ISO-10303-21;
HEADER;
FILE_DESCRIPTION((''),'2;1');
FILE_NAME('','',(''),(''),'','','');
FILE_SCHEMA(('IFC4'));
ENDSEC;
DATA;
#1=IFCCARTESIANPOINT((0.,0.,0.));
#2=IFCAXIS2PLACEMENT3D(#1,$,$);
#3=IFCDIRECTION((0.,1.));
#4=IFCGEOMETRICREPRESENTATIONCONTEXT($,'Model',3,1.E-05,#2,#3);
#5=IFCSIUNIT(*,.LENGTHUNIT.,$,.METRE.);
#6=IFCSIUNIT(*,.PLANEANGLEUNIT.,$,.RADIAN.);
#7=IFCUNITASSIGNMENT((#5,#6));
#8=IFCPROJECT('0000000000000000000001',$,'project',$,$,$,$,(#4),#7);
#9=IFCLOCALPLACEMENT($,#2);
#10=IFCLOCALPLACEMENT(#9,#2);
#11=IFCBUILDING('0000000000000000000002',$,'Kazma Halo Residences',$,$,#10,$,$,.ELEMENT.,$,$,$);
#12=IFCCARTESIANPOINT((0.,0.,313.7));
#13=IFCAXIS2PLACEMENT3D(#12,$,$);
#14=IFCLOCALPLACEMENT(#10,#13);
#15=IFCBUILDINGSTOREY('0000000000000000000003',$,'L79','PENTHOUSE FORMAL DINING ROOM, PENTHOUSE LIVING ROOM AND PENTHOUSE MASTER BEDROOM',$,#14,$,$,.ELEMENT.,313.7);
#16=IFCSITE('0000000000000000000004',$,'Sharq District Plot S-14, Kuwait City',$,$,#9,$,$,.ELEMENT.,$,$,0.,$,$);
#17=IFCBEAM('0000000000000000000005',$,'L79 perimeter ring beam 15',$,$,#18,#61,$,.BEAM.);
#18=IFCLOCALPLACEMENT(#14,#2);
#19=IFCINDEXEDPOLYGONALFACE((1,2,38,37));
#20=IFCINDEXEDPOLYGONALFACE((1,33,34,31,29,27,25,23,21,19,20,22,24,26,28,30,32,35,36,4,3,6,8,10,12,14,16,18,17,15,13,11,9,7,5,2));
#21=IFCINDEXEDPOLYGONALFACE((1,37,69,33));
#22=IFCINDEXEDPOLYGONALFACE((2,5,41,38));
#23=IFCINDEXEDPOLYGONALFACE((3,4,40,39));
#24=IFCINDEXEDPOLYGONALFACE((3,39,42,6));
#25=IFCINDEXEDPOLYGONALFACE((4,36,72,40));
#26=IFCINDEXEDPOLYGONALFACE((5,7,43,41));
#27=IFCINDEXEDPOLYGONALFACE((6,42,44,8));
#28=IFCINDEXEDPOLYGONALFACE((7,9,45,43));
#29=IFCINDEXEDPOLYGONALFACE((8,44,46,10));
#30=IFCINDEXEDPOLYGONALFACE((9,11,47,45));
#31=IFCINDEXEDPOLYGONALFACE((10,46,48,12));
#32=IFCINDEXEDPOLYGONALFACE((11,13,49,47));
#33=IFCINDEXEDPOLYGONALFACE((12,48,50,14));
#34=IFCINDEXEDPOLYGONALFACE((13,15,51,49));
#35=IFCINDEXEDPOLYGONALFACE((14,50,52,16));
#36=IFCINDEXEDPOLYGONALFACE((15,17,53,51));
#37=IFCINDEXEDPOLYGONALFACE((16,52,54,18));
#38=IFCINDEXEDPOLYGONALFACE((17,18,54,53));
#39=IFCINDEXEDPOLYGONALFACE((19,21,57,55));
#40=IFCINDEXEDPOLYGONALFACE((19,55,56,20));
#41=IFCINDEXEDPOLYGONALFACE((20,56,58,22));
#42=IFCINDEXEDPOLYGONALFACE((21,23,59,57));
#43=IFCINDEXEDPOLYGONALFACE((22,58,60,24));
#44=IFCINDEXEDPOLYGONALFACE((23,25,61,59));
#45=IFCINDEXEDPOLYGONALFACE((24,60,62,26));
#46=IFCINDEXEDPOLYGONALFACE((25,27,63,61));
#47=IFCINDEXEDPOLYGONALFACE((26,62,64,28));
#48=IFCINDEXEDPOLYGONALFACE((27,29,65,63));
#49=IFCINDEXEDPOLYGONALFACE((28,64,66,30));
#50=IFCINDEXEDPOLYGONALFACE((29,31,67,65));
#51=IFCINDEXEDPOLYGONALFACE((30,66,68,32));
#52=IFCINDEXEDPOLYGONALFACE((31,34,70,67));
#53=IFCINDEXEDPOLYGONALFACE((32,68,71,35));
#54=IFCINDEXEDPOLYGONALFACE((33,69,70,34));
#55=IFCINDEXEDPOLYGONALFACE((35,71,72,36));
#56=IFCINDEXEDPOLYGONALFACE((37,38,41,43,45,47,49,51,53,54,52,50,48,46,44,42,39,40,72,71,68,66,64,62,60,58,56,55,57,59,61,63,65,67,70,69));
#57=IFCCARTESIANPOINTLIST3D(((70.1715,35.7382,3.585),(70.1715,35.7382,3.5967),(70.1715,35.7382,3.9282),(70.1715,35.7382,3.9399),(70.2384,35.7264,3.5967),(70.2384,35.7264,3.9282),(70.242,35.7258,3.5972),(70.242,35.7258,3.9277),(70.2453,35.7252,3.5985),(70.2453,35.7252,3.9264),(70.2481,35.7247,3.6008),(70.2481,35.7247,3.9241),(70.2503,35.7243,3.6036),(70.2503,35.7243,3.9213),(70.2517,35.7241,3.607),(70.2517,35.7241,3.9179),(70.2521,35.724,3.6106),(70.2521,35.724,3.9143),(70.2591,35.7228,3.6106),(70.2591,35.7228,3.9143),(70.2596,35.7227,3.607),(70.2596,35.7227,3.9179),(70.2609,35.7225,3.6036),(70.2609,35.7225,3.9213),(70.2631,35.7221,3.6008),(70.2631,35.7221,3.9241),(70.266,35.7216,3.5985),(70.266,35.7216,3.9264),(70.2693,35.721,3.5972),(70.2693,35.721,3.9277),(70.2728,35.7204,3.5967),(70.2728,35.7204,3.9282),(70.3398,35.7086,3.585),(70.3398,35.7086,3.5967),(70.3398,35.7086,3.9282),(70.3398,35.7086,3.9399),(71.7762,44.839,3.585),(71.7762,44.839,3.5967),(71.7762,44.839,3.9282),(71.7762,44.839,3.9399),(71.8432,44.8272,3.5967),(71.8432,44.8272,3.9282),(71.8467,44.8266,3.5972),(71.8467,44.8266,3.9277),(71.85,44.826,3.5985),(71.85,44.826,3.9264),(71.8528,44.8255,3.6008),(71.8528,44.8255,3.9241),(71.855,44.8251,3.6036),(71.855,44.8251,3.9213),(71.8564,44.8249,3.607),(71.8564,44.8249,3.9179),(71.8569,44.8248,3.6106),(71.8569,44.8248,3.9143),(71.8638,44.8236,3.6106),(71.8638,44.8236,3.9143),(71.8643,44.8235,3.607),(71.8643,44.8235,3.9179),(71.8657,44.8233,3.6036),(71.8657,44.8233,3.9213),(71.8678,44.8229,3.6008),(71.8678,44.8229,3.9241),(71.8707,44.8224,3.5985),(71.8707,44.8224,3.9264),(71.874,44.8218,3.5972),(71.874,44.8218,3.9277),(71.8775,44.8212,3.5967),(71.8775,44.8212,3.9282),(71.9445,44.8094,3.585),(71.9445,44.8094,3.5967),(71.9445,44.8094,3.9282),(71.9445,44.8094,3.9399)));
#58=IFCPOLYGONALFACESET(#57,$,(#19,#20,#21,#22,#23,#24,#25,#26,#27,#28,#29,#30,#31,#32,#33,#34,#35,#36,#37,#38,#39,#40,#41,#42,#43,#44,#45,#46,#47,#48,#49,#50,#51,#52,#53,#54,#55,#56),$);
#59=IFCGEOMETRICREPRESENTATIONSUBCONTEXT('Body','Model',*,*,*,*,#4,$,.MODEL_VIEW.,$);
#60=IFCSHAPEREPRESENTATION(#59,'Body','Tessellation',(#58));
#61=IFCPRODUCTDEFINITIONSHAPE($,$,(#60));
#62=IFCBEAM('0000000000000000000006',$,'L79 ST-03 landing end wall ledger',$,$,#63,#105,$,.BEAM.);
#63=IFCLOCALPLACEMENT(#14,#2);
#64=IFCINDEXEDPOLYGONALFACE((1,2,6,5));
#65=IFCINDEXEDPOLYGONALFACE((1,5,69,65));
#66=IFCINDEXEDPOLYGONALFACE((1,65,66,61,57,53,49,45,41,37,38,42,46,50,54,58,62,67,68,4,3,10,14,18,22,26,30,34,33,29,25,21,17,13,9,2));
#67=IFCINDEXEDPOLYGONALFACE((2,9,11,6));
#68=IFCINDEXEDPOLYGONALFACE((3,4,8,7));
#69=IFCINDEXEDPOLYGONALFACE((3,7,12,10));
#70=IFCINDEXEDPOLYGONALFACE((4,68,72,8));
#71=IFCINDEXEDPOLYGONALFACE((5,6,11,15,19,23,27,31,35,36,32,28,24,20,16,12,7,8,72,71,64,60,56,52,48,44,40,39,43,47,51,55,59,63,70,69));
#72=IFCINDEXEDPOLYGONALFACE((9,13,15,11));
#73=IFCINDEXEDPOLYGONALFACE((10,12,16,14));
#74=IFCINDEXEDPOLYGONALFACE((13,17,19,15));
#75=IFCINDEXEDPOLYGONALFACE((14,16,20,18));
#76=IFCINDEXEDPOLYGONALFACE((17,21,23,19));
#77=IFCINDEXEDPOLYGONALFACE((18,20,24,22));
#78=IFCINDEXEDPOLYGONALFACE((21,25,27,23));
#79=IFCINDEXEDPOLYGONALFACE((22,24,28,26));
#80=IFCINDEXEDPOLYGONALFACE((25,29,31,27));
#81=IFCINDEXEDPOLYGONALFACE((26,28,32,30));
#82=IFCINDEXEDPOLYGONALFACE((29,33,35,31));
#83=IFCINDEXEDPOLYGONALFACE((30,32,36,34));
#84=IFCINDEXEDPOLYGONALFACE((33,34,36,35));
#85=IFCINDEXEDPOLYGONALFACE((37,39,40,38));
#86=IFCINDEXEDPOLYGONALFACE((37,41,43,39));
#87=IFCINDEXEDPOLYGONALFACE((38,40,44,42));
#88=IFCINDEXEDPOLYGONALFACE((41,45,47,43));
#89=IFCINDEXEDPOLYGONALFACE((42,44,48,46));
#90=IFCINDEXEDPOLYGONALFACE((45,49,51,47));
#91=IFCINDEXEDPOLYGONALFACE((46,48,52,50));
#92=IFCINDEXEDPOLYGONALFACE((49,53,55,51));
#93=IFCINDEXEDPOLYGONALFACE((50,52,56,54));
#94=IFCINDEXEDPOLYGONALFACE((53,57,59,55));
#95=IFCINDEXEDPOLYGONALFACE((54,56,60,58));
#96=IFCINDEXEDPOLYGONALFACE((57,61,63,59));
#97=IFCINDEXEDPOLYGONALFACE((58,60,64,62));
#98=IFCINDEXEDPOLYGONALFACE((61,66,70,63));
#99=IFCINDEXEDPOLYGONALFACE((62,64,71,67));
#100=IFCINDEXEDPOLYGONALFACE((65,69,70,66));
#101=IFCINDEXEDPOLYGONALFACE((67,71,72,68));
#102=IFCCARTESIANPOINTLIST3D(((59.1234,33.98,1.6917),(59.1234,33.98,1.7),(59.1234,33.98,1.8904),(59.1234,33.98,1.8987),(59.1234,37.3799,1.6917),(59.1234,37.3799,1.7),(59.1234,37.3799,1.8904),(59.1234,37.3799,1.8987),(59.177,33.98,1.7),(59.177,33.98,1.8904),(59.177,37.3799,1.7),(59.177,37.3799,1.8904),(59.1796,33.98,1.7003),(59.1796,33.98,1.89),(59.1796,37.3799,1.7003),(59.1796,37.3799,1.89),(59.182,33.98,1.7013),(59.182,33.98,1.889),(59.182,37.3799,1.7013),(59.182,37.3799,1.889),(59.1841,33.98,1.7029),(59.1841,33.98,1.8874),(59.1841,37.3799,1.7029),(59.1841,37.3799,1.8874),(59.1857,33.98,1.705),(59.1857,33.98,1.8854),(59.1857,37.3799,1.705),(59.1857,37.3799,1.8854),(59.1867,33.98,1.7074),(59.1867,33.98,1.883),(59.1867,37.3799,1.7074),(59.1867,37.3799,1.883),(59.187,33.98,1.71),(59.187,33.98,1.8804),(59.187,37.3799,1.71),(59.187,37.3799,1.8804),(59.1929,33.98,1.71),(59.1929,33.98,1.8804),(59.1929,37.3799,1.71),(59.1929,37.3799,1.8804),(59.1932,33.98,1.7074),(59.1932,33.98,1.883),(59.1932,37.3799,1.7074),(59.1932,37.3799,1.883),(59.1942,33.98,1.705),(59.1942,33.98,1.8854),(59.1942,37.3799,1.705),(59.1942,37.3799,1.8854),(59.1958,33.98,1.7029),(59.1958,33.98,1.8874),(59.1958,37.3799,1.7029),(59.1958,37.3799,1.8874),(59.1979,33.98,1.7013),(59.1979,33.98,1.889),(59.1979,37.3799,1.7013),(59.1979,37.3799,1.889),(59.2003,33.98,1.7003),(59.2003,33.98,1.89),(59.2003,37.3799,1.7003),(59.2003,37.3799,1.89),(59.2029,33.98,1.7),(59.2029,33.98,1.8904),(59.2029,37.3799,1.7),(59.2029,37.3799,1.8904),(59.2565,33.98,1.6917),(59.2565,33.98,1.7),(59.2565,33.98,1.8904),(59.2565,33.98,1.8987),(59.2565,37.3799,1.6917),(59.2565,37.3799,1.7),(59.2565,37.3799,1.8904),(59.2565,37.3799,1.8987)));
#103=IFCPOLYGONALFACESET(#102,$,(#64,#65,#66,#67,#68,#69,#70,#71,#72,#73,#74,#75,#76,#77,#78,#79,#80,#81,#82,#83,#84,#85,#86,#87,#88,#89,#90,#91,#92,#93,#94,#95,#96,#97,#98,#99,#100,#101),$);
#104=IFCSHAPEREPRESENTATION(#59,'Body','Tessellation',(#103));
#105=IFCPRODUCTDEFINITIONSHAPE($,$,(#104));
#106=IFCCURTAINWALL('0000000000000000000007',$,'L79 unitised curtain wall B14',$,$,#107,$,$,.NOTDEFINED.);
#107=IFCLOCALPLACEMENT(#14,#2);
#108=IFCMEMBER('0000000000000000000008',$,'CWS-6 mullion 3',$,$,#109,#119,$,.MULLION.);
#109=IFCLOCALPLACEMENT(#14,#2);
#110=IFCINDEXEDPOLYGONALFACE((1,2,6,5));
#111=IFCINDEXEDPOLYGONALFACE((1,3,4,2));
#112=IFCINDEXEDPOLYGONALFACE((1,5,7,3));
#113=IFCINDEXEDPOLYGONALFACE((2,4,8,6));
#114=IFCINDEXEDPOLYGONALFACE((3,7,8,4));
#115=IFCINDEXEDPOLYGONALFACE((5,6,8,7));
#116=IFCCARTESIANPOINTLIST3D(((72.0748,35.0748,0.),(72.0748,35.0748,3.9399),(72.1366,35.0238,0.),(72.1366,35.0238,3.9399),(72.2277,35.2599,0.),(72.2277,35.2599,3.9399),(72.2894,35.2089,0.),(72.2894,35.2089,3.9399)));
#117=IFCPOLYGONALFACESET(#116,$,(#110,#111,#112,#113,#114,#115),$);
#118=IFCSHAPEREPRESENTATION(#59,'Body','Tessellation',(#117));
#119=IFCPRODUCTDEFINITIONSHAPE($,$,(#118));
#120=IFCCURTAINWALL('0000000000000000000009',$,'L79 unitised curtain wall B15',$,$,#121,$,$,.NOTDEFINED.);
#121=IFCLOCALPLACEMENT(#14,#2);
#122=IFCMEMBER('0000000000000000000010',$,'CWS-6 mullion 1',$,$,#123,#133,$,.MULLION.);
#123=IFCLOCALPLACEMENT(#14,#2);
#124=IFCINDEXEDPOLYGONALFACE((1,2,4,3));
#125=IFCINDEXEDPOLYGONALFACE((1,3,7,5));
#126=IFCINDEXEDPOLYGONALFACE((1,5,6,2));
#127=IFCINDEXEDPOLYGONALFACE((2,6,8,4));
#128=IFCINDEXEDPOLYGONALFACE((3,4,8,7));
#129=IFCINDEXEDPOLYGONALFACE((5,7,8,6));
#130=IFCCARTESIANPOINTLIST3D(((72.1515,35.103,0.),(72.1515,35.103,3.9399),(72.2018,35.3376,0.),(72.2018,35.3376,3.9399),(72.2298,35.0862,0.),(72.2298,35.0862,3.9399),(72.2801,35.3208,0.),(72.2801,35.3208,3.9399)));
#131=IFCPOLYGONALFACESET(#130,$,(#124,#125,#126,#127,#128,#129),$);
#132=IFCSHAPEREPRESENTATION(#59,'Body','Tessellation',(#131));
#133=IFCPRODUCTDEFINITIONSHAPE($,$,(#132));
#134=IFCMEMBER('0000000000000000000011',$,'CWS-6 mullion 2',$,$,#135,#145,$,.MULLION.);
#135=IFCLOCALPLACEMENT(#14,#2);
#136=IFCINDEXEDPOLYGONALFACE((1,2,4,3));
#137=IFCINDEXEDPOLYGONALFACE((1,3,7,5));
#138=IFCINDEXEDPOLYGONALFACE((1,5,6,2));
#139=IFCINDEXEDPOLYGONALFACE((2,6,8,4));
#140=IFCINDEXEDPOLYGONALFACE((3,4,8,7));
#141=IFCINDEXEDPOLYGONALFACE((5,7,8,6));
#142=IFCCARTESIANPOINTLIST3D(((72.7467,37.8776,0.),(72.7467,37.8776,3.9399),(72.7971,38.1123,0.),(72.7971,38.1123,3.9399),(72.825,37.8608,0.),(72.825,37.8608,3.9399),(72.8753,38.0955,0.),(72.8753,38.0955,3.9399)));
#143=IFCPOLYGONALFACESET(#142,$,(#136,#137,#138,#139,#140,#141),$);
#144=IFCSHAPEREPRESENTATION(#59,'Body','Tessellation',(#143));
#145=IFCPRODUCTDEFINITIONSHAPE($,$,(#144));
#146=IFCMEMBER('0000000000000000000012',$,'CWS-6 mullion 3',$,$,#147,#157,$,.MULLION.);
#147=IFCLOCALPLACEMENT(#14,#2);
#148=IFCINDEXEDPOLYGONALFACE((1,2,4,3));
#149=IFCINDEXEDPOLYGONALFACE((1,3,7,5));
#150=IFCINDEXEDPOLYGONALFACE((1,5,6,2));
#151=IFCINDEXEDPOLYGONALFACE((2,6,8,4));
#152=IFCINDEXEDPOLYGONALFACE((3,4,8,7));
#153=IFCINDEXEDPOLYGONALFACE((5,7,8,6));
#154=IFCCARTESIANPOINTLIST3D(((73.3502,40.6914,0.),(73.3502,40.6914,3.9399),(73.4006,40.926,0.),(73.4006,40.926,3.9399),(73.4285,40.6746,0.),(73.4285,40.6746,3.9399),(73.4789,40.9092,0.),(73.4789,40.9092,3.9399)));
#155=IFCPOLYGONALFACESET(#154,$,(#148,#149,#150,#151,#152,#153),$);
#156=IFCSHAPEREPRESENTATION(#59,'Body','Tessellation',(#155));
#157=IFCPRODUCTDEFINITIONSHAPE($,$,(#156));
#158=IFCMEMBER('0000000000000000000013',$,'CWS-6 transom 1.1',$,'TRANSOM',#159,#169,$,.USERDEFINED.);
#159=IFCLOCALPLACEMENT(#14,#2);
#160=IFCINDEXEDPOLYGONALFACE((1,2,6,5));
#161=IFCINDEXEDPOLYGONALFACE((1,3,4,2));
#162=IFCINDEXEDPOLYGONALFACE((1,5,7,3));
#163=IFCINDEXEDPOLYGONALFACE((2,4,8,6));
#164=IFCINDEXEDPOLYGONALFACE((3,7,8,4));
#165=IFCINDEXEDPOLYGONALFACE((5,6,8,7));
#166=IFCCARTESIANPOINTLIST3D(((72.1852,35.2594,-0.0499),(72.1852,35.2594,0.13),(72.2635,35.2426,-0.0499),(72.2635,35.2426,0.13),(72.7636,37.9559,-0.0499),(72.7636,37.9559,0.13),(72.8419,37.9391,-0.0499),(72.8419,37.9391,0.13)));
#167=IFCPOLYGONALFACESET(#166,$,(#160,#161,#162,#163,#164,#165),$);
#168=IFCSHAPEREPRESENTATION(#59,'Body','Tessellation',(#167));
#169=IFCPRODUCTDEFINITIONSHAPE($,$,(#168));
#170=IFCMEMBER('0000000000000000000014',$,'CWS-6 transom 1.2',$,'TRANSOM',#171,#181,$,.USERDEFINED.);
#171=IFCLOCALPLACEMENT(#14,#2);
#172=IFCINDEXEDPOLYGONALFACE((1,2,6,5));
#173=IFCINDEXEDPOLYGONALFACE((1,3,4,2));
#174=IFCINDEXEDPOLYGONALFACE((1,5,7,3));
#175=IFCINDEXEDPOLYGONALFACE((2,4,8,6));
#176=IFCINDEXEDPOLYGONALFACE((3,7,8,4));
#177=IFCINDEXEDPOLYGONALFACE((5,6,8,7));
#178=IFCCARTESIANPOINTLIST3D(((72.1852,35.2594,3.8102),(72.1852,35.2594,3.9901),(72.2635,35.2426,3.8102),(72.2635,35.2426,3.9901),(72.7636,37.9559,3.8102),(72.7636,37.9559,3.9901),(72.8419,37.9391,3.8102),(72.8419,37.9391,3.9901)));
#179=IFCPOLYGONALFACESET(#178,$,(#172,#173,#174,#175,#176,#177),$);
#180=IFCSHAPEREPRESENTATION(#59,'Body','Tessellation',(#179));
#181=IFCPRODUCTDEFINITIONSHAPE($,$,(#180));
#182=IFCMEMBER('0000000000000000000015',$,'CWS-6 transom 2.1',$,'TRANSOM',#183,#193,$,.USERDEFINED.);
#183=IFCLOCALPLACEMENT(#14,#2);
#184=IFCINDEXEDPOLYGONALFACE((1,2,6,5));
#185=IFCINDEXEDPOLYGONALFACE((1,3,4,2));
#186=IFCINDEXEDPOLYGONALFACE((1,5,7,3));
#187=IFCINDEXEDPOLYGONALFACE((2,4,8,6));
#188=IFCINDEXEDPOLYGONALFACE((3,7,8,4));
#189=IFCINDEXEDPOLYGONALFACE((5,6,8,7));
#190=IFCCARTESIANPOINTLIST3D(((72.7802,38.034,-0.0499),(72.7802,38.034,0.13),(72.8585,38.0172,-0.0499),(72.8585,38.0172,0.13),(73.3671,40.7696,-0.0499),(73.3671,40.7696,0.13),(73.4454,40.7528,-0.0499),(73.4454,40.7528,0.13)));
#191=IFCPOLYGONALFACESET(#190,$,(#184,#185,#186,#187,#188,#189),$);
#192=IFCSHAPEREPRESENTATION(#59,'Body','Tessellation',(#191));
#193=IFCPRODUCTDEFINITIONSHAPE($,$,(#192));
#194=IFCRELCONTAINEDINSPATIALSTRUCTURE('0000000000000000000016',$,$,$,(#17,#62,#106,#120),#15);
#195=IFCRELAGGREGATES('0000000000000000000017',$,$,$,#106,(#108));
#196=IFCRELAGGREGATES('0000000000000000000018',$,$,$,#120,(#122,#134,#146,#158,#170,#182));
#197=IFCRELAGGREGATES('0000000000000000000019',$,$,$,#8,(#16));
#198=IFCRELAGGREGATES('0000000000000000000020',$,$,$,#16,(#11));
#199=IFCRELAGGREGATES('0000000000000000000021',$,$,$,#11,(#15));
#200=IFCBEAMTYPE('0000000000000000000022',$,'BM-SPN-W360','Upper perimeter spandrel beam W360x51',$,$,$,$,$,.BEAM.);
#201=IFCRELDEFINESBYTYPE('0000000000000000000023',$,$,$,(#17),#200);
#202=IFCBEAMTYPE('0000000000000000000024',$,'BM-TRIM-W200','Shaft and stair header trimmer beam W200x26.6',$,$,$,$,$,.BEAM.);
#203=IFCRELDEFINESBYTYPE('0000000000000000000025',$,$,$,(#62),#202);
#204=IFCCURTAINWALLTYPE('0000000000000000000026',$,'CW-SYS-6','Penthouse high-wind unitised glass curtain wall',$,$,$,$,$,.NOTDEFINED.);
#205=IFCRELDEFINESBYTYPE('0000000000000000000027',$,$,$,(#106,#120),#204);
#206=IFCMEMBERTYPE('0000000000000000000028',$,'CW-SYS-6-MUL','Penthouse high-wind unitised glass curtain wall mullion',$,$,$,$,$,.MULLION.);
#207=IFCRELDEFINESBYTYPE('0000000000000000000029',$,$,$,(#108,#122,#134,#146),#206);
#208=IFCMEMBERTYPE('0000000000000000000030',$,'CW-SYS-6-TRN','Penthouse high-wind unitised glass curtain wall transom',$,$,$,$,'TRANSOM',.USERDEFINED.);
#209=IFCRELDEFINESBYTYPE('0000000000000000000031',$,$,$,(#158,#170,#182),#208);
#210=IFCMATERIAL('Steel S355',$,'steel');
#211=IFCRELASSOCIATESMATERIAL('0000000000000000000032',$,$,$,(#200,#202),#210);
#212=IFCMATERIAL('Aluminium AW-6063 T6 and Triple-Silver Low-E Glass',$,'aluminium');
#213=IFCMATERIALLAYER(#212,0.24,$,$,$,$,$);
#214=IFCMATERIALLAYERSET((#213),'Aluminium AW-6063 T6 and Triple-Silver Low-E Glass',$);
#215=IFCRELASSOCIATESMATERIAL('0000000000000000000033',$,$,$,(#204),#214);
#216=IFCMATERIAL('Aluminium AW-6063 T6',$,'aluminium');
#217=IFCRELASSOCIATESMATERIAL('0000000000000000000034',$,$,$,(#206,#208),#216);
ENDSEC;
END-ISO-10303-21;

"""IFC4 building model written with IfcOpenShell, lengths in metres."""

from ifc_helpers import new_model, si_unit, direction, frame, origin, origin_2d, place, context, subcontext, project, spatial, rectangle, i_section, extrude, material, layer, layer_set, material_profile, profile_set, type_object, element, aggregate, save


model = new_model("IFC4")

# Units and contexts
model_context = context("Model", 3, precision=1e-05, world=origin(), true_north=direction((0.0, 1.0)))
body_context = subcontext(model_context, "Body", "Model", "MODEL_VIEW")
ifc_project = project(units=[si_unit("LENGTHUNIT", "METRE"), si_unit("PLANEANGLEUNIT", "RADIAN")], contexts=[model_context])

# Site, building, storey
site_placement = place(None, origin())
site = spatial("IfcSite", under=ifc_project, at=site_placement, Name="Sharq District Plot S-14, Kuwait City", CompositionType="ELEMENT", RefElevation=0.0)
building_placement = place(site_placement, origin())
building = spatial("IfcBuilding", under=site, at=building_placement, Name="Kazma Halo Residences", CompositionType="ELEMENT")
storey_placement = place(building_placement, frame((0.0, 0.0, 313.7)))
storey = spatial("IfcBuildingStorey", under=building, at=storey_placement, Name="L79", Description="PENTHOUSE FORMAL DINING ROOM, PENTHOUSE LIVING ROOM AND PENTHOUSE MASTER BEDROOM", CompositionType="ELEMENT", Elevation=313.7)

# Beams
ifc_material_1 = material(Name="Steel S355", Category="steel")
ifc_material_profile_1 = material_profile(ifc_material_1, i_section(OverallWidth=0.1709, OverallDepth=0.355, WebThickness=0.0071, FlangeThickness=0.0117, FilletRadius=0.0139, at=origin_2d()), Name="W360x51")
ifc_profile_set_1 = profile_set([ifc_material_profile_1], Name="Steel S355")
beam_type_1 = type_object("IfcBeamType", Name="BM-SPN-W360", Description="Upper perimeter spandrel beam W360x51", PredefinedType="BEAM", material=ifc_profile_set_1)
beam_1_placement = place(storey_placement, frame((70.2556, 35.7234, 3.7625), z_axis=(0.17365, 0.984807, 0.0), x_axis=(-0.984807, 0.17365, 0.0)))
element("IfcBeam", 1, at=beam_1_placement, inside=storey, type_object=beam_type_1, Name="L79 perimeter ring beam 15", PredefinedType="BEAM", context=body_context, shape_type="SweptSolid", body=[
    extrude(i_section(OverallWidth=0.1709, OverallDepth=0.355, WebThickness=0.0071, FlangeThickness=0.0117, FilletRadius=0.0139, at=origin_2d()), origin(), (0.0, 0.0, 1.0), 9.2412),
])
ifc_material_profile_2 = material_profile(ifc_material_1, i_section(OverallWidth=0.1331, OverallDepth=0.207, WebThickness=0.0059, FlangeThickness=0.0083, FilletRadius=0.01, at=origin_2d()), Name="W200x26.6")
ifc_profile_set_2 = profile_set([ifc_material_profile_2], Name="Steel S355")
beam_type_2 = type_object("IfcBeamType", Name="BM-TRIM-W200", Description="Shaft and stair header trimmer beam W200x26.6", PredefinedType="BEAM", material=ifc_profile_set_2)
beam_2_placement = place(storey_placement, frame((59.1899, 33.98, 1.7952), z_axis=(0.0, 1.0, 0.0), x_axis=(-1.0, 0.0, 0.0)))
element("IfcBeam", 2, at=beam_2_placement, inside=storey, type_object=beam_type_2, Name="L79 ST-03 landing end wall ledger", PredefinedType="BEAM", context=body_context, shape_type="SweptSolid", body=[
    extrude(i_section(OverallWidth=0.1331, OverallDepth=0.207, WebThickness=0.0059, FlangeThickness=0.0083, FilletRadius=0.01, at=origin_2d()), origin(), (0.0, 0.0, 1.0), 3.3999),
])

# Curtain wall, member
ifc_material_2 = material(Name="Aluminium AW-6063 T6 and Triple-Silver Low-E Glass", Category="aluminium")
ifc_layer_1 = layer(ifc_material_2, 0.24)
ifc_layer_set_1 = layer_set([ifc_layer_1], Name="Aluminium AW-6063 T6 and Triple-Silver Low-E Glass")
curtain_wall_type = type_object("IfcCurtainWallType", Name="CW-SYS-6", Description="Penthouse high-wind unitised glass curtain wall", PredefinedType="NOTDEFINED", material=ifc_layer_set_1)
curtain_wall_1_placement = place(storey_placement, origin())
curtain_wall_1 = element("IfcCurtainWall", 3, at=curtain_wall_1_placement, inside=storey, type_object=curtain_wall_type, Name="L79 unitised curtain wall B14", PredefinedType="NOTDEFINED")
ifc_material_3 = material(Name="Aluminium AW-6063 T6", Category="aluminium")
ifc_material_profile_3 = material_profile(ifc_material_3, rectangle(XDim=0.0801, YDim=0.24, at=origin_2d()), Name="CWM-80x240")
ifc_profile_set_3 = profile_set([ifc_material_profile_3], Name="Aluminium AW-6063 T6")
member_type_1 = type_object("IfcMemberType", Name="CW-SYS-6-MUL", Description="Penthouse high-wind unitised glass curtain wall mullion", PredefinedType="MULLION", material=ifc_profile_set_3)
member_1_placement = place(storey_placement, frame((72.1821, 35.1418, 0.0), z_axis=(0.0, 0.0, 1.0), x_axis=(-0.771014, 0.636818, 0.0)))
member_1 = element("IfcMember", 4, at=member_1_placement, type_object=member_type_1, Name="CWS-6 mullion 3", PredefinedType="MULLION", context=body_context, shape_type="SweptSolid", body=[
    extrude(rectangle(XDim=0.0801, YDim=0.24, at=origin_2d()), origin(), (0.0, 0.0, 1.0), 3.9399),
])
aggregate(curtain_wall_1, [member_1])

# Curtain wall, members
curtain_wall_2_placement = place(storey_placement, origin())
curtain_wall_2 = element("IfcCurtainWall", 5, at=curtain_wall_2_placement, inside=storey, type_object=curtain_wall_type, Name="L79 unitised curtain wall B15", PredefinedType="NOTDEFINED")
member_2_placement = place(storey_placement, frame((72.2158, 35.2119, 0.0), z_axis=(0.0, 0.0, 1.0), x_axis=(-0.977761, 0.209723, 0.0)))
member_2 = element("IfcMember", 6, at=member_2_placement, type_object=member_type_1, Name="CWS-6 mullion 1", PredefinedType="MULLION", context=body_context, shape_type="SweptSolid", body=[
    extrude(rectangle(XDim=0.0801, YDim=0.24, at=origin_2d()), origin(), (0.0, 0.0, 1.0), 3.9399),
])
member_3_placement = place(storey_placement, frame((72.811, 37.9866, 0.0), z_axis=(0.0, 0.0, 1.0), x_axis=(-0.977761, 0.209723, 0.0)))
member_3 = element("IfcMember", 7, at=member_3_placement, type_object=member_type_1, Name="CWS-6 mullion 2", PredefinedType="MULLION", context=body_context, shape_type="SweptSolid", body=[
    extrude(rectangle(XDim=0.0801, YDim=0.24, at=origin_2d()), origin(), (0.0, 0.0, 1.0), 3.9399),
])
member_4_placement = place(storey_placement, frame((73.4146, 40.8003, 0.0), z_axis=(0.0, 0.0, 1.0), x_axis=(-0.977761, 0.209723, 0.0)))
member_4 = element("IfcMember", 8, at=member_4_placement, type_object=member_type_1, Name="CWS-6 mullion 3", PredefinedType="MULLION", context=body_context, shape_type="SweptSolid", body=[
    extrude(rectangle(XDim=0.0801, YDim=0.24, at=origin_2d()), origin(), (0.0, 0.0, 1.0), 3.9399),
])
ifc_material_profile_4 = material_profile(ifc_material_3, rectangle(XDim=0.0801, YDim=0.1799, at=origin_2d()), Name="CWT-80x180")
ifc_profile_set_4 = profile_set([ifc_material_profile_4], Name="Aluminium AW-6063 T6")
member_type_2 = type_object("IfcMemberType", Name="CW-SYS-6-TRN", Description="Penthouse high-wind unitised glass curtain wall transom", ElementType="TRANSOM", PredefinedType="USERDEFINED", material=ifc_profile_set_4)
member_5_placement = place(storey_placement, frame((72.2244, 35.251, 0.04), z_axis=(0.209716, 0.977762, 0.0), x_axis=(-0.977762, 0.209716, 0.0)))
member_5 = element("IfcMember", 9, at=member_5_placement, type_object=member_type_2, Name="CWS-6 transom 1.1", ObjectType="TRANSOM", PredefinedType="USERDEFINED", context=body_context, shape_type="SweptSolid", body=[
    extrude(rectangle(XDim=0.0801, YDim=0.1799, at=origin_2d()), origin(), (0.0, 0.0, 1.0), 2.7578),
])
member_6_placement = place(storey_placement, frame((72.2244, 35.251, 3.9001), z_axis=(0.209716, 0.977762, 0.0), x_axis=(-0.977762, 0.209716, 0.0)))
member_6 = element("IfcMember", 10, at=member_6_placement, type_object=member_type_2, Name="CWS-6 transom 1.2", ObjectType="TRANSOM", PredefinedType="USERDEFINED", context=body_context, shape_type="SweptSolid", body=[
    extrude(rectangle(XDim=0.0801, YDim=0.1799, at=origin_2d()), origin(), (0.0, 0.0, 1.0), 2.7578),
])
member_7_placement = place(storey_placement, frame((72.8193, 38.0256, 0.04), z_axis=(0.209773, 0.97775, 0.0), x_axis=(-0.97775, 0.209773, 0.0)))
member_7 = element("IfcMember", 11, at=member_7_placement, type_object=member_type_2, Name="CWS-6 transom 2.1", ObjectType="TRANSOM", PredefinedType="USERDEFINED", context=body_context, shape_type="SweptSolid", body=[
    extrude(rectangle(XDim=0.0801, YDim=0.1799, at=origin_2d()), origin(), (0.0, 0.0, 1.0), 2.7979),
])
aggregate(curtain_wall_2, [member_2, member_3, member_4, member_5, member_6, member_7])

save(model, "model.ifc")
